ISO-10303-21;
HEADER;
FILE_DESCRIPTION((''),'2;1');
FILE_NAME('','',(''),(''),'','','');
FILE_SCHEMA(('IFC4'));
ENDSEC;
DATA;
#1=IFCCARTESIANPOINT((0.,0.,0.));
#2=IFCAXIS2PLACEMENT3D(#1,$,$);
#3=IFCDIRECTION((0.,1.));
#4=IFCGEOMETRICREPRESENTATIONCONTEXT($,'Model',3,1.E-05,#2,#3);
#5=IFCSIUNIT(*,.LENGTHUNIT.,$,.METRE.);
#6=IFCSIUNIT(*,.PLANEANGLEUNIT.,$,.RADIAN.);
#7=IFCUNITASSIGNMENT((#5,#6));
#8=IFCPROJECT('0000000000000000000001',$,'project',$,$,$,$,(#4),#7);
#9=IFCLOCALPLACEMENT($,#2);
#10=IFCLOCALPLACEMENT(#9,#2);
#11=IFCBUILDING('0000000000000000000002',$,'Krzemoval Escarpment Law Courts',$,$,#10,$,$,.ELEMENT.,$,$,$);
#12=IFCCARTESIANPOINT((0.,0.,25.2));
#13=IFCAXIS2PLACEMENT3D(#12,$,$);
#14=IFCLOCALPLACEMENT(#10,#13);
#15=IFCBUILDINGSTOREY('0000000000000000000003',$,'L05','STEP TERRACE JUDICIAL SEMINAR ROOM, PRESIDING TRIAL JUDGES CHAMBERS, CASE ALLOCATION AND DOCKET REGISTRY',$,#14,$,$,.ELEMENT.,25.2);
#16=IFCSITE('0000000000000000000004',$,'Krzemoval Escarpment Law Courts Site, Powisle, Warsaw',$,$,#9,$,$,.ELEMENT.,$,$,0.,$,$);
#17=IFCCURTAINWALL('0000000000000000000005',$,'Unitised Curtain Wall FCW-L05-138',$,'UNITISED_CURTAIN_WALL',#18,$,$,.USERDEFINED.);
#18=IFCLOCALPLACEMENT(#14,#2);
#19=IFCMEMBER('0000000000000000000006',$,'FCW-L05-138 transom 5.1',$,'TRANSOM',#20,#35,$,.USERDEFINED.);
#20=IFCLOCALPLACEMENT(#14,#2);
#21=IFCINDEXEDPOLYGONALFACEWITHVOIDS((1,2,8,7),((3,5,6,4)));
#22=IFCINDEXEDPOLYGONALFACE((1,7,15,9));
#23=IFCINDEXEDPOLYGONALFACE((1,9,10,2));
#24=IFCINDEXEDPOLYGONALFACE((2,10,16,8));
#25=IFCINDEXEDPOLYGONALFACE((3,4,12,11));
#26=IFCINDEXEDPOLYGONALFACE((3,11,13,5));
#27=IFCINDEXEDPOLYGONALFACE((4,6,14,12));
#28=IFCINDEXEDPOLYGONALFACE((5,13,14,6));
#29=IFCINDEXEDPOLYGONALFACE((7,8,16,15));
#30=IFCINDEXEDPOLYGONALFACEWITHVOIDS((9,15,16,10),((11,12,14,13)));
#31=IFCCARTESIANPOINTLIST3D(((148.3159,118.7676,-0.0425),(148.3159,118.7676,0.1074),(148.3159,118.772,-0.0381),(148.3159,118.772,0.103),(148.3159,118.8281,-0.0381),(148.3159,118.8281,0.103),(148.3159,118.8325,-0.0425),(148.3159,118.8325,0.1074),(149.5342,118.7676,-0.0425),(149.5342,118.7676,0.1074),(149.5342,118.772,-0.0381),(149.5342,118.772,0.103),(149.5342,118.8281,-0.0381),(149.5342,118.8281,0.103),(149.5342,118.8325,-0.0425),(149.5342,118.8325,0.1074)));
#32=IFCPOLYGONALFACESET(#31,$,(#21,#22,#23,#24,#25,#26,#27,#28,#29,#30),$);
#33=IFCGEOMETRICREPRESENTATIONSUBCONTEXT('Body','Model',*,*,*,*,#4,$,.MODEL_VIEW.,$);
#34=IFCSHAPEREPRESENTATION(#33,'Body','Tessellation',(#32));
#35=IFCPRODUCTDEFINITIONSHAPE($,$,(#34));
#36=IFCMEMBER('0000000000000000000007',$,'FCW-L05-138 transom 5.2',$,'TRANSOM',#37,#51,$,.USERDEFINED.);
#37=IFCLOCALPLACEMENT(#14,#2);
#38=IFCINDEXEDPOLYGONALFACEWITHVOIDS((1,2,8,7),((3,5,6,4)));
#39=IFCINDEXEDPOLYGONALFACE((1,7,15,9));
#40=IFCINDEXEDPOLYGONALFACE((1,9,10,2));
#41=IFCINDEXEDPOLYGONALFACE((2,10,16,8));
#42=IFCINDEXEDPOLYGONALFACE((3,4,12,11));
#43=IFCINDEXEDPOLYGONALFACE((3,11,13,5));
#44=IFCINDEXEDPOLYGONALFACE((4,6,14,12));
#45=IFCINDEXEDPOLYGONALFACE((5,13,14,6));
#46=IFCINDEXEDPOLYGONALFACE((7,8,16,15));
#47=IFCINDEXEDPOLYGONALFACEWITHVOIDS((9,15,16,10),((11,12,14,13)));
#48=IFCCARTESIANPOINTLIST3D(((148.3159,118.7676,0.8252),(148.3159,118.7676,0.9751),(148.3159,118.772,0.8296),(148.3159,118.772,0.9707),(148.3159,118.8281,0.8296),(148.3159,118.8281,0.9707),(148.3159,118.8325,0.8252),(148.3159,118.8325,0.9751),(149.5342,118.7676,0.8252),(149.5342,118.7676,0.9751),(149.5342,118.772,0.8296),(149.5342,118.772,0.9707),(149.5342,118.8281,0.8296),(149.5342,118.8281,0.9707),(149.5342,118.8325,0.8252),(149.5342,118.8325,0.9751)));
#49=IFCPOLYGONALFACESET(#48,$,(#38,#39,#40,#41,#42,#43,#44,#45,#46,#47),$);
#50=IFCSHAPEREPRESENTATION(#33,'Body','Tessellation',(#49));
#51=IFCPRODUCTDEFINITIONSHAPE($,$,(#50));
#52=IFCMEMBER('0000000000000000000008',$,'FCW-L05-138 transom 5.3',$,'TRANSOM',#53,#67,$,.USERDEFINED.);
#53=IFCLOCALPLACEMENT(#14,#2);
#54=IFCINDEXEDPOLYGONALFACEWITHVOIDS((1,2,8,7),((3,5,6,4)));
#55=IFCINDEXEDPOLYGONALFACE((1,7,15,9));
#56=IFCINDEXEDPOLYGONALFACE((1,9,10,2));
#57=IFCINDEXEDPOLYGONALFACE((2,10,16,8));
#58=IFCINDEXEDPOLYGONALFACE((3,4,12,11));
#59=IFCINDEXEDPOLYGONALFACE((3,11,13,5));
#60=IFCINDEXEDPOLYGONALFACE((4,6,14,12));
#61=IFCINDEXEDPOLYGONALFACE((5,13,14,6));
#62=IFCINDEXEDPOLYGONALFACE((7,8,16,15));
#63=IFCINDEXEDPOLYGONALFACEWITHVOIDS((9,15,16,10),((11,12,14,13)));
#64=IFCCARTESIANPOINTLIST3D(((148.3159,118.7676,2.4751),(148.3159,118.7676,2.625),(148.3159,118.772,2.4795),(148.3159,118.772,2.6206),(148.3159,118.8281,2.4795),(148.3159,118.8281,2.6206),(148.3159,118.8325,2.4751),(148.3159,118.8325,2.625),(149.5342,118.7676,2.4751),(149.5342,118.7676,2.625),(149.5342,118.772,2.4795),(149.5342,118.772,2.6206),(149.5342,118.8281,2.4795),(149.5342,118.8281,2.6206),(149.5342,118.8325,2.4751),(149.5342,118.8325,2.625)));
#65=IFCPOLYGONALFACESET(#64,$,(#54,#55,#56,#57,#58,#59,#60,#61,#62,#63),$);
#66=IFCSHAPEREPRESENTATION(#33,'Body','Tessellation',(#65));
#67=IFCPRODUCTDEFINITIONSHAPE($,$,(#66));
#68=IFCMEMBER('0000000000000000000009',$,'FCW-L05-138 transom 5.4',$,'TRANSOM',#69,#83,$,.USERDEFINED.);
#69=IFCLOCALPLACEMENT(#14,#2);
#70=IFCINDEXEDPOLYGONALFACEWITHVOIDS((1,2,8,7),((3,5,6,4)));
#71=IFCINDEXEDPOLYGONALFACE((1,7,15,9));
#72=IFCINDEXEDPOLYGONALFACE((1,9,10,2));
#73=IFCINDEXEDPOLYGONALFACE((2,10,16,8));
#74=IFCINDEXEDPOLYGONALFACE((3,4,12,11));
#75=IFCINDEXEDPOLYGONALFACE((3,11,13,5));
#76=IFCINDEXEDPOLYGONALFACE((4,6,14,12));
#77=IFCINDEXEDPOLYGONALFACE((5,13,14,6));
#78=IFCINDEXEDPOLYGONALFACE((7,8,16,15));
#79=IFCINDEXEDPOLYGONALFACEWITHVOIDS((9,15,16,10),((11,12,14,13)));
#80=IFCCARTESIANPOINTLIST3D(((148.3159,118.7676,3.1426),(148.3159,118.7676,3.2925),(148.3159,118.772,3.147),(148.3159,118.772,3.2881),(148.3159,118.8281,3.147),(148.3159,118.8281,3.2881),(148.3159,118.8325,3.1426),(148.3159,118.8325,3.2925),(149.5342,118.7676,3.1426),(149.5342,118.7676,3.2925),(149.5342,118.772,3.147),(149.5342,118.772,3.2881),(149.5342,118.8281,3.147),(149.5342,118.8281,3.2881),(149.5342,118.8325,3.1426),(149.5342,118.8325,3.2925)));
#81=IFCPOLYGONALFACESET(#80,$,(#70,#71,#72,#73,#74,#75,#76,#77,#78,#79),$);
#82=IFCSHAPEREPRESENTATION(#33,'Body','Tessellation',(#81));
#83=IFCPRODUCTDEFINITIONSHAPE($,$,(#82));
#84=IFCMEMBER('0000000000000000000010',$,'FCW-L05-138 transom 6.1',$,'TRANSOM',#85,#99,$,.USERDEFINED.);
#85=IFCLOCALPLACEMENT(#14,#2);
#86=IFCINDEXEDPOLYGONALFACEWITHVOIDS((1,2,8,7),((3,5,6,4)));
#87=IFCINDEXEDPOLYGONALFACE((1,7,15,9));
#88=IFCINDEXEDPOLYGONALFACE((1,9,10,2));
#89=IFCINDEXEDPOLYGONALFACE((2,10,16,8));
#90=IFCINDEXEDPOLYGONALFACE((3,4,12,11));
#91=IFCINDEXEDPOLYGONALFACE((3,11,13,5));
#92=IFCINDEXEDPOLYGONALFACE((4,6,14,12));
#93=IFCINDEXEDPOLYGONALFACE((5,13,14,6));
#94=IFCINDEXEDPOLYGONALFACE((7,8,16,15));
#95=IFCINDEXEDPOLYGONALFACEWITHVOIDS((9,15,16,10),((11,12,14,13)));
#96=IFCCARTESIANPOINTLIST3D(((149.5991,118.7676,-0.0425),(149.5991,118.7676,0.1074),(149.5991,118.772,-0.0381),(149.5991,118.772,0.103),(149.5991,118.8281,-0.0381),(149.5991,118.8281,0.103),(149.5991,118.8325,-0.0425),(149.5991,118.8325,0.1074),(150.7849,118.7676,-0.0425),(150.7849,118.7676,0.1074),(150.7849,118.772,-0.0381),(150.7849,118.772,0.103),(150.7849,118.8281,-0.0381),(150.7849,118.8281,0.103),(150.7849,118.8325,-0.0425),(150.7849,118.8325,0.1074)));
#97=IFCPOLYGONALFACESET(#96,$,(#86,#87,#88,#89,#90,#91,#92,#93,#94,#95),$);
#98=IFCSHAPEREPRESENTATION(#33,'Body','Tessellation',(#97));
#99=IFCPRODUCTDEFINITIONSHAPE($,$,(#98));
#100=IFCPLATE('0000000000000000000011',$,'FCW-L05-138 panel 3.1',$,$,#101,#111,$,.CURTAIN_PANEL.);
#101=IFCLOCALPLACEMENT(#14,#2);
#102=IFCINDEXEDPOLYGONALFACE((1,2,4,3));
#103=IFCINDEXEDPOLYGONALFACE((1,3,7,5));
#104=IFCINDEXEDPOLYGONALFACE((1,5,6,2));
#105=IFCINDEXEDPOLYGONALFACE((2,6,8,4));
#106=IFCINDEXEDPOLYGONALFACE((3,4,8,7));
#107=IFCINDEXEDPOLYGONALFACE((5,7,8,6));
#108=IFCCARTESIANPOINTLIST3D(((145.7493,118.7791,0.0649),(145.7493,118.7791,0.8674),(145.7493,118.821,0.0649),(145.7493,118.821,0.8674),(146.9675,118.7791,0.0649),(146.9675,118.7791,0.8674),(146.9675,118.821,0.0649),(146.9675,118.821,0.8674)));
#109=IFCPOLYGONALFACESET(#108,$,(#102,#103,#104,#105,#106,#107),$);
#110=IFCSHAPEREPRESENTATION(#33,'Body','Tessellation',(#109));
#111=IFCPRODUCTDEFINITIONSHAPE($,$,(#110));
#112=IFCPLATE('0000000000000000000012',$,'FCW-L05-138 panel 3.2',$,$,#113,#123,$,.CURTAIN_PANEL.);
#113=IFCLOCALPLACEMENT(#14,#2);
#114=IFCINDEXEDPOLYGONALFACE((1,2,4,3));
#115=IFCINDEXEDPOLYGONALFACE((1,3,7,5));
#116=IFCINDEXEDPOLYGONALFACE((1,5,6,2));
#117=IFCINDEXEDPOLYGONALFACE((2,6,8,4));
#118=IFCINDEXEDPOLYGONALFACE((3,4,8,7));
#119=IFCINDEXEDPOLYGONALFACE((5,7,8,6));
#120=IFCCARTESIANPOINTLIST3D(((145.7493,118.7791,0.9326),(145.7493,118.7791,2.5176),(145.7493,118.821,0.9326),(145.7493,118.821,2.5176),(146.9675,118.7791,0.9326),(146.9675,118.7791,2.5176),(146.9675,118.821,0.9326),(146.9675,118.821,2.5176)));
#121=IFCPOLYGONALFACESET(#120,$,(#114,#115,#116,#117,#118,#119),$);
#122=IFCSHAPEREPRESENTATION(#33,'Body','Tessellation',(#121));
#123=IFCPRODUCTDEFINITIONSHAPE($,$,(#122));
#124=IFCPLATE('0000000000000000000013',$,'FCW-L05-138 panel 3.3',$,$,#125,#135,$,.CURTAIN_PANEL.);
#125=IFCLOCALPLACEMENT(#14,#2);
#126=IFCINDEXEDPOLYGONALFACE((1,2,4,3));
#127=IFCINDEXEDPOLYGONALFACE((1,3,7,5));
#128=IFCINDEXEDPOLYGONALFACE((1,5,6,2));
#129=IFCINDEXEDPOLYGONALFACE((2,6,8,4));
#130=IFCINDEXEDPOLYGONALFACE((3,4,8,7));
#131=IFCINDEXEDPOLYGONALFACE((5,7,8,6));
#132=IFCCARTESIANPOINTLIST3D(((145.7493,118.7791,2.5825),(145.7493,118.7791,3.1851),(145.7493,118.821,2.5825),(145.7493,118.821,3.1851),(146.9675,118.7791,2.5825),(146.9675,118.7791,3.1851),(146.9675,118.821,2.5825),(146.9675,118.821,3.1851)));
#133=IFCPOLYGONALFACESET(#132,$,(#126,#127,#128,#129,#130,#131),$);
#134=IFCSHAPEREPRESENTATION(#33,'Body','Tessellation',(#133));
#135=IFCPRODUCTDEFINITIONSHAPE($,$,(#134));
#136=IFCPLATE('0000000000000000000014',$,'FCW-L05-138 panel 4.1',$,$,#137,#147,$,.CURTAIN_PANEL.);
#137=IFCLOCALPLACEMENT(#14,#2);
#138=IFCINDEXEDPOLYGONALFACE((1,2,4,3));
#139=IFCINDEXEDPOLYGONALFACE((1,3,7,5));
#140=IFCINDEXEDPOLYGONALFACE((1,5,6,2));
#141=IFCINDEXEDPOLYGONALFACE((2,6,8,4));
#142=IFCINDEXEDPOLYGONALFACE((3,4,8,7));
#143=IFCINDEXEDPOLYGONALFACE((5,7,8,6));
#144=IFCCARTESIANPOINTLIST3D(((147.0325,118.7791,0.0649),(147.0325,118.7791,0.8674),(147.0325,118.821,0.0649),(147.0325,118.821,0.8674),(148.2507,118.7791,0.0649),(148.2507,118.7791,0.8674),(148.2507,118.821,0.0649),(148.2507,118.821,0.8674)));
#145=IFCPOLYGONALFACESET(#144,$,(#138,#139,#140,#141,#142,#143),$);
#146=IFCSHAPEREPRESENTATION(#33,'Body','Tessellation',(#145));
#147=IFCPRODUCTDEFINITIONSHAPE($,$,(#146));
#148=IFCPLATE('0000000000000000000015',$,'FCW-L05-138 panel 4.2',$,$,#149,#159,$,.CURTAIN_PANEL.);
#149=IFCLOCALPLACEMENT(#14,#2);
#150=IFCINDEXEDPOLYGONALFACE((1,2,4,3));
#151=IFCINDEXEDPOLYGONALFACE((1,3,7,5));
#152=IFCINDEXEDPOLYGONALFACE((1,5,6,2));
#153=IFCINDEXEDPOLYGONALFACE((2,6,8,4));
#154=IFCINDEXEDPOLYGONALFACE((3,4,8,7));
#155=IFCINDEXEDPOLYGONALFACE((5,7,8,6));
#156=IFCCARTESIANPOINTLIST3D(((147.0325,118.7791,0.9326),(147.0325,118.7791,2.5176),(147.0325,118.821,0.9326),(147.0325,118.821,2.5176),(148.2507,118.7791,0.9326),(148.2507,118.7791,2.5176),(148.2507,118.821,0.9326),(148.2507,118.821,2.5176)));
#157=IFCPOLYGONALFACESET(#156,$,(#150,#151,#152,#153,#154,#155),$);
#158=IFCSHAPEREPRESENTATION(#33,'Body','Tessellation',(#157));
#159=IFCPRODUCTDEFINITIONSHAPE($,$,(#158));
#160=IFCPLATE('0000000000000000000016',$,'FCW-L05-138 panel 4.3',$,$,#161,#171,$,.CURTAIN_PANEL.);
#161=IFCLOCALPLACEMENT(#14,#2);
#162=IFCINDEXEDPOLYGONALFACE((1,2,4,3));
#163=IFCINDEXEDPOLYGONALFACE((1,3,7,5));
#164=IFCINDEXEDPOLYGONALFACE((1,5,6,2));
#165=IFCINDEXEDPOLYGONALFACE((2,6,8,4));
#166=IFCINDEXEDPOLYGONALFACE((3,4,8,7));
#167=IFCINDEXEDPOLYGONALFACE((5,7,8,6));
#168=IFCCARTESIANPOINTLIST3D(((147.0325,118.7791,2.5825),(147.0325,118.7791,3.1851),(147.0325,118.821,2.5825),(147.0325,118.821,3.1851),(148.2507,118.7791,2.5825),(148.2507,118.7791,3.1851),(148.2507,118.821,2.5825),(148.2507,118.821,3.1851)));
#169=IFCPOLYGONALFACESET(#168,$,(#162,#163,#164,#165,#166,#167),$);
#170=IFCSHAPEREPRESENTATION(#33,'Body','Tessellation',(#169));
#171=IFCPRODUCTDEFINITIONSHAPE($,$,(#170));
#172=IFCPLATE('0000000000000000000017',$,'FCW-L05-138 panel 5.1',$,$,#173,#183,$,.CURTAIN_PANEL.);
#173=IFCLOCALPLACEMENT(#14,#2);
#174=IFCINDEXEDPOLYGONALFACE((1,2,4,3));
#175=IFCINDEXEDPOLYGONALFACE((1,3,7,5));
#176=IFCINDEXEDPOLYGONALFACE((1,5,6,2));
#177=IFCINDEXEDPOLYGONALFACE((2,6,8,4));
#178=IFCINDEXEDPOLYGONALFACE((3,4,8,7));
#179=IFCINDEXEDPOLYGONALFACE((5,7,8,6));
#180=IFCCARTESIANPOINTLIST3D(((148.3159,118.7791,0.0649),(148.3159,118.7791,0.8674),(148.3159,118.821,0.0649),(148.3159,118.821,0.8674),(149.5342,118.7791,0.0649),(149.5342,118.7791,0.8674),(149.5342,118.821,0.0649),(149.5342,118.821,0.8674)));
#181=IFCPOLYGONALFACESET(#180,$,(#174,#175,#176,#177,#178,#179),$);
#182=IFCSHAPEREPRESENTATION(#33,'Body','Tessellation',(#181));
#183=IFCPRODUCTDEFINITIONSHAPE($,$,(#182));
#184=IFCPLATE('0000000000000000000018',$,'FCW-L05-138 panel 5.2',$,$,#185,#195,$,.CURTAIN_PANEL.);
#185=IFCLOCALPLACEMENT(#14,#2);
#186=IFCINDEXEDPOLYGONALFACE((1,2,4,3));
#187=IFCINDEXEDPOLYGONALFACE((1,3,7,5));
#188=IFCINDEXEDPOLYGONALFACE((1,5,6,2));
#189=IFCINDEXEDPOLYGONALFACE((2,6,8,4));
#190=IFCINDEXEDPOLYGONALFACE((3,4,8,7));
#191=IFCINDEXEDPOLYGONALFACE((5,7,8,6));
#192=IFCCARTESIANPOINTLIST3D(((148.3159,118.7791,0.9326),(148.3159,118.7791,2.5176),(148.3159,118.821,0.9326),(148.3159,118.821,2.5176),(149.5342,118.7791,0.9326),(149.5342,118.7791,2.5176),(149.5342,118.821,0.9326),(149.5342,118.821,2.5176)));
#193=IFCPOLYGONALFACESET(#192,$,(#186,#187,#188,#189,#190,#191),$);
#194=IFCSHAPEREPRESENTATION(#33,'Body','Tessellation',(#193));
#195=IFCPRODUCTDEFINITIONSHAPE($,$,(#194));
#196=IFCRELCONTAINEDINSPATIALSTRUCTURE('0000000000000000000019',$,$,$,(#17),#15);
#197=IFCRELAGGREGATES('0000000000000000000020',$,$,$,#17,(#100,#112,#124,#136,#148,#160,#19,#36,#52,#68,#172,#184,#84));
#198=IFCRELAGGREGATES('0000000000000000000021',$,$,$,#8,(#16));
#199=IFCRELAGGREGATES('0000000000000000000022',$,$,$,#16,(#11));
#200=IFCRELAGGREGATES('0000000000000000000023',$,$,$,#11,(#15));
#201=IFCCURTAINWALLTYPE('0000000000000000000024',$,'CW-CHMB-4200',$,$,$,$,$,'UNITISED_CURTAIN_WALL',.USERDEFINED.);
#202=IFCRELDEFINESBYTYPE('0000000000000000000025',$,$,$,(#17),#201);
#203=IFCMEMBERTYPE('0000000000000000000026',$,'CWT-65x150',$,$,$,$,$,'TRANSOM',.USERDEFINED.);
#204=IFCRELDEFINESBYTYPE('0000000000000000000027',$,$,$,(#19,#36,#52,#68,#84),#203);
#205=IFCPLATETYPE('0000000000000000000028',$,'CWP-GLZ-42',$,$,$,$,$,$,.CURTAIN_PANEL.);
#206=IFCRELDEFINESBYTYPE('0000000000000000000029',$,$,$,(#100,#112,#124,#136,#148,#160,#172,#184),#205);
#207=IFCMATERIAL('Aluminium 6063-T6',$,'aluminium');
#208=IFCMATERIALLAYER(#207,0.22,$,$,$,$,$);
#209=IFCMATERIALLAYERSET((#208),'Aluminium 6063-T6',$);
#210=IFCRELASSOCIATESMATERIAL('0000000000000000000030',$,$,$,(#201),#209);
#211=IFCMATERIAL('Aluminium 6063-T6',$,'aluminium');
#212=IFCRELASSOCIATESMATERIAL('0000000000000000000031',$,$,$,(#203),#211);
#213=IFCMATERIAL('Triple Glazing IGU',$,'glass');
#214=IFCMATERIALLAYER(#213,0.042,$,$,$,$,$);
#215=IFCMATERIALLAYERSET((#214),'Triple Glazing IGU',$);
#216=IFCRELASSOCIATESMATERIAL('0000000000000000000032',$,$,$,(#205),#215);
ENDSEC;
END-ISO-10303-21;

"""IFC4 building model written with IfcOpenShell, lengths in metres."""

from ifc_helpers import new_model, si_unit, direction, frame, origin, origin_2d, place, context, subcontext, project, spatial, rectangle, hollow_rectangle, extrude, material, layer, layer_set, material_profile, profile_set, type_object, element, aggregate, save


model = new_model("IFC4")

# Units and contexts
model_context = context("Model", 3, precision=1e-05, world=origin(), true_north=direction((0.0, 1.0)))
body_context = subcontext(model_context, "Body", "Model", "MODEL_VIEW")
ifc_project = project(units=[si_unit("LENGTHUNIT", "METRE"), si_unit("PLANEANGLEUNIT", "RADIAN")], contexts=[model_context])

# Site, building, storey
site_placement = place(None, origin())
site = spatial("IfcSite", under=ifc_project, at=site_placement, Name="Krzemoval Escarpment Law Courts Site, Powisle, Warsaw", CompositionType="ELEMENT", RefElevation=0.0)
building_placement = place(site_placement, origin())
building = spatial("IfcBuilding", under=site, at=building_placement, Name="Krzemoval Escarpment Law Courts", CompositionType="ELEMENT")
storey_placement = place(building_placement, frame((0.0, 0.0, 25.2)))
storey = spatial("IfcBuildingStorey", under=building, at=storey_placement, Name="L05", Description="STEP TERRACE JUDICIAL SEMINAR ROOM, PRESIDING TRIAL JUDGES CHAMBERS, CASE ALLOCATION AND DOCKET REGISTRY", CompositionType="ELEMENT", Elevation=25.2)

# Curtain wall, members, plates
ifc_material_1 = material(Name="Aluminium 6063-T6", Category="aluminium")
ifc_layer_1 = layer(ifc_material_1, 0.22)
ifc_layer_set_1 = layer_set([ifc_layer_1], Name="Aluminium 6063-T6")
curtain_wall_type = type_object("IfcCurtainWallType", Name="CW-CHMB-4200", ElementType="UNITISED_CURTAIN_WALL", PredefinedType="USERDEFINED", material=ifc_layer_set_1)
curtain_wall_placement = place(storey_placement, origin())
curtain_wall = element("IfcCurtainWall", 1, at=curtain_wall_placement, inside=storey, type_object=curtain_wall_type, Name="Unitised Curtain Wall FCW-L05-138", ObjectType="UNITISED_CURTAIN_WALL", PredefinedType="USERDEFINED")
ifc_material_2 = material(Name="Aluminium 6063-T6", Category="aluminium")
ifc_material_profile_1 = material_profile(ifc_material_2, hollow_rectangle(XDim=0.0649, YDim=0.1499, WallThickness=0.0044, at=origin_2d()), Name="ALU T65x150")
ifc_profile_set_1 = profile_set([ifc_material_profile_1], Name="Aluminium 6063-T6")
member_type_1 = type_object("IfcMemberType", Name="CWT-65x150", ElementType="TRANSOM", PredefinedType="USERDEFINED", material=ifc_profile_set_1)
member_1_placement = place(storey_placement, frame((148.3159, 118.8, 0.0325), z_axis=(1.0, 0.0, 0.0), x_axis=(0.0, 1.0, 0.0)))
member_1 = element("IfcMember", 2, at=member_1_placement, type_object=member_type_1, Name="FCW-L05-138 transom 5.1", ObjectType="TRANSOM", PredefinedType="USERDEFINED", context=body_context, shape_type="SweptSolid", body=[
    extrude(hollow_rectangle(XDim=0.0649, YDim=0.1499, WallThickness=0.0044, at=origin_2d()), origin(), (0.0, 0.0, 1.0), 1.2183),
])
member_2_placement = place(storey_placement, frame((148.3159, 118.8, 0.9001), z_axis=(1.0, 0.0, 0.0), x_axis=(0.0, 1.0, 0.0)))
member_2 = element("IfcMember", 3, at=member_2_placement, type_object=member_type_1, Name="FCW-L05-138 transom 5.2", ObjectType="TRANSOM", PredefinedType="USERDEFINED", context=body_context, shape_type="SweptSolid", body=[
    extrude(hollow_rectangle(XDim=0.0649, YDim=0.1499, WallThickness=0.0044, at=origin_2d()), origin(), (0.0, 0.0, 1.0), 1.2183),
])
member_3_placement = place(storey_placement, frame((148.3159, 118.8, 2.55), z_axis=(1.0, 0.0, 0.0), x_axis=(0.0, 1.0, 0.0)))
member_3 = element("IfcMember", 4, at=member_3_placement, type_object=member_type_1, Name="FCW-L05-138 transom 5.3", ObjectType="TRANSOM", PredefinedType="USERDEFINED", context=body_context, shape_type="SweptSolid", body=[
    extrude(hollow_rectangle(XDim=0.0649, YDim=0.1499, WallThickness=0.0044, at=origin_2d()), origin(), (0.0, 0.0, 1.0), 1.2183),
])
member_4_placement = place(storey_placement, frame((148.3159, 118.8, 3.2175), z_axis=(1.0, 0.0, 0.0), x_axis=(0.0, 1.0, 0.0)))
member_4 = element("IfcMember", 5, at=member_4_placement, type_object=member_type_1, Name="FCW-L05-138 transom 5.4", ObjectType="TRANSOM", PredefinedType="USERDEFINED", context=body_context, shape_type="SweptSolid", body=[
    extrude(hollow_rectangle(XDim=0.0649, YDim=0.1499, WallThickness=0.0044, at=origin_2d()), origin(), (0.0, 0.0, 1.0), 1.2183),
])
member_5_placement = place(storey_placement, frame((149.5991, 118.8, 0.0325), z_axis=(1.0, 0.0, 0.0), x_axis=(0.0, 1.0, 0.0)))
member_5 = element("IfcMember", 6, at=member_5_placement, type_object=member_type_1, Name="FCW-L05-138 transom 6.1", ObjectType="TRANSOM", PredefinedType="USERDEFINED", context=body_context, shape_type="SweptSolid", body=[
    extrude(hollow_rectangle(XDim=0.0649, YDim=0.1499, WallThickness=0.0044, at=origin_2d()), origin(), (0.0, 0.0, 1.0), 1.1858),
])
ifc_material_3 = material(Name="Triple Glazing IGU", Category="glass")
ifc_layer_2 = layer(ifc_material_3, 0.042)
ifc_layer_set_2 = layer_set([ifc_layer_2], Name="Triple Glazing IGU")
plate_type = type_object("IfcPlateType", Name="CWP-GLZ-42", PredefinedType="CURTAIN_PANEL", material=ifc_layer_set_2)
plate_1_placement = place(storey_placement, frame((146.3584, 118.8, 0.0649), z_axis=(0.0, 0.0, 1.0), x_axis=(1.0, 0.0, 0.0)))
plate_1 = element("IfcPlate", 7, at=plate_1_placement, type_object=plate_type, Name="FCW-L05-138 panel 3.1", PredefinedType="CURTAIN_PANEL", context=body_context, shape_type="SweptSolid", body=[
    extrude(rectangle(XDim=1.2183, YDim=0.042, at=origin_2d()), origin(), (0.0, 0.0, 1.0), 0.8025),
])
plate_2_placement = place(storey_placement, frame((146.3584, 118.8, 0.9326), z_axis=(0.0, 0.0, 1.0), x_axis=(1.0, 0.0, 0.0)))
plate_2 = element("IfcPlate", 8, at=plate_2_placement, type_object=plate_type, Name="FCW-L05-138 panel 3.2", PredefinedType="CURTAIN_PANEL", context=body_context, shape_type="SweptSolid", body=[
    extrude(rectangle(XDim=1.2183, YDim=0.042, at=origin_2d()), origin(), (0.0, 0.0, 1.0), 1.585),
])
plate_3_placement = place(storey_placement, frame((146.3584, 118.8, 2.5825), z_axis=(0.0, 0.0, 1.0), x_axis=(1.0, 0.0, 0.0)))
plate_3 = element("IfcPlate", 9, at=plate_3_placement, type_object=plate_type, Name="FCW-L05-138 panel 3.3", PredefinedType="CURTAIN_PANEL", context=body_context, shape_type="SweptSolid", body=[
    extrude(rectangle(XDim=1.2183, YDim=0.042, at=origin_2d()), origin(), (0.0, 0.0, 1.0), 0.6025),
])
plate_4_placement = place(storey_placement, frame((147.6416, 118.8, 0.0649), z_axis=(0.0, 0.0, 1.0), x_axis=(1.0, 0.0, 0.0)))
plate_4 = element("IfcPlate", 10, at=plate_4_placement, type_object=plate_type, Name="FCW-L05-138 panel 4.1", PredefinedType="CURTAIN_PANEL", context=body_context, shape_type="SweptSolid", body=[
    extrude(rectangle(XDim=1.2183, YDim=0.042, at=origin_2d()), origin(), (0.0, 0.0, 1.0), 0.8025),
])
plate_5_placement = place(storey_placement, frame((147.6416, 118.8, 0.9326), z_axis=(0.0, 0.0, 1.0), x_axis=(1.0, 0.0, 0.0)))
plate_5 = element("IfcPlate", 11, at=plate_5_placement, type_object=plate_type, Name="FCW-L05-138 panel 4.2", PredefinedType="CURTAIN_PANEL", context=body_context, shape_type="SweptSolid", body=[
    extrude(rectangle(XDim=1.2183, YDim=0.042, at=origin_2d()), origin(), (0.0, 0.0, 1.0), 1.585),
])
plate_6_placement = place(storey_placement, frame((147.6416, 118.8, 2.5825), z_axis=(0.0, 0.0, 1.0), x_axis=(1.0, 0.0, 0.0)))
plate_6 = element("IfcPlate", 12, at=plate_6_placement, type_object=plate_type, Name="FCW-L05-138 panel 4.3", PredefinedType="CURTAIN_PANEL", context=body_context, shape_type="SweptSolid", body=[
    extrude(rectangle(XDim=1.2183, YDim=0.042, at=origin_2d()), origin(), (0.0, 0.0, 1.0), 0.6025),
])
plate_7_placement = place(storey_placement, frame((148.925, 118.8, 0.0649), z_axis=(0.0, 0.0, 1.0), x_axis=(1.0, 0.0, 0.0)))
plate_7 = element("IfcPlate", 13, at=plate_7_placement, type_object=plate_type, Name="FCW-L05-138 panel 5.1", PredefinedType="CURTAIN_PANEL", context=body_context, shape_type="SweptSolid", body=[
    extrude(rectangle(XDim=1.2183, YDim=0.042, at=origin_2d()), origin(), (0.0, 0.0, 1.0), 0.8025),
])
plate_8_placement = place(storey_placement, frame((148.925, 118.8, 0.9326), z_axis=(0.0, 0.0, 1.0), x_axis=(1.0, 0.0, 0.0)))
plate_8 = element("IfcPlate", 14, at=plate_8_placement, type_object=plate_type, Name="FCW-L05-138 panel 5.2", PredefinedType="CURTAIN_PANEL", context=body_context, shape_type="SweptSolid", body=[
    extrude(rectangle(XDim=1.2183, YDim=0.042, at=origin_2d()), origin(), (0.0, 0.0, 1.0), 1.585),
])
aggregate(curtain_wall, [plate_1, plate_2, plate_3, plate_4, plate_5, plate_6, member_1, member_2, member_3, member_4, plate_7, plate_8, member_5])

save(model, "model.ifc")
